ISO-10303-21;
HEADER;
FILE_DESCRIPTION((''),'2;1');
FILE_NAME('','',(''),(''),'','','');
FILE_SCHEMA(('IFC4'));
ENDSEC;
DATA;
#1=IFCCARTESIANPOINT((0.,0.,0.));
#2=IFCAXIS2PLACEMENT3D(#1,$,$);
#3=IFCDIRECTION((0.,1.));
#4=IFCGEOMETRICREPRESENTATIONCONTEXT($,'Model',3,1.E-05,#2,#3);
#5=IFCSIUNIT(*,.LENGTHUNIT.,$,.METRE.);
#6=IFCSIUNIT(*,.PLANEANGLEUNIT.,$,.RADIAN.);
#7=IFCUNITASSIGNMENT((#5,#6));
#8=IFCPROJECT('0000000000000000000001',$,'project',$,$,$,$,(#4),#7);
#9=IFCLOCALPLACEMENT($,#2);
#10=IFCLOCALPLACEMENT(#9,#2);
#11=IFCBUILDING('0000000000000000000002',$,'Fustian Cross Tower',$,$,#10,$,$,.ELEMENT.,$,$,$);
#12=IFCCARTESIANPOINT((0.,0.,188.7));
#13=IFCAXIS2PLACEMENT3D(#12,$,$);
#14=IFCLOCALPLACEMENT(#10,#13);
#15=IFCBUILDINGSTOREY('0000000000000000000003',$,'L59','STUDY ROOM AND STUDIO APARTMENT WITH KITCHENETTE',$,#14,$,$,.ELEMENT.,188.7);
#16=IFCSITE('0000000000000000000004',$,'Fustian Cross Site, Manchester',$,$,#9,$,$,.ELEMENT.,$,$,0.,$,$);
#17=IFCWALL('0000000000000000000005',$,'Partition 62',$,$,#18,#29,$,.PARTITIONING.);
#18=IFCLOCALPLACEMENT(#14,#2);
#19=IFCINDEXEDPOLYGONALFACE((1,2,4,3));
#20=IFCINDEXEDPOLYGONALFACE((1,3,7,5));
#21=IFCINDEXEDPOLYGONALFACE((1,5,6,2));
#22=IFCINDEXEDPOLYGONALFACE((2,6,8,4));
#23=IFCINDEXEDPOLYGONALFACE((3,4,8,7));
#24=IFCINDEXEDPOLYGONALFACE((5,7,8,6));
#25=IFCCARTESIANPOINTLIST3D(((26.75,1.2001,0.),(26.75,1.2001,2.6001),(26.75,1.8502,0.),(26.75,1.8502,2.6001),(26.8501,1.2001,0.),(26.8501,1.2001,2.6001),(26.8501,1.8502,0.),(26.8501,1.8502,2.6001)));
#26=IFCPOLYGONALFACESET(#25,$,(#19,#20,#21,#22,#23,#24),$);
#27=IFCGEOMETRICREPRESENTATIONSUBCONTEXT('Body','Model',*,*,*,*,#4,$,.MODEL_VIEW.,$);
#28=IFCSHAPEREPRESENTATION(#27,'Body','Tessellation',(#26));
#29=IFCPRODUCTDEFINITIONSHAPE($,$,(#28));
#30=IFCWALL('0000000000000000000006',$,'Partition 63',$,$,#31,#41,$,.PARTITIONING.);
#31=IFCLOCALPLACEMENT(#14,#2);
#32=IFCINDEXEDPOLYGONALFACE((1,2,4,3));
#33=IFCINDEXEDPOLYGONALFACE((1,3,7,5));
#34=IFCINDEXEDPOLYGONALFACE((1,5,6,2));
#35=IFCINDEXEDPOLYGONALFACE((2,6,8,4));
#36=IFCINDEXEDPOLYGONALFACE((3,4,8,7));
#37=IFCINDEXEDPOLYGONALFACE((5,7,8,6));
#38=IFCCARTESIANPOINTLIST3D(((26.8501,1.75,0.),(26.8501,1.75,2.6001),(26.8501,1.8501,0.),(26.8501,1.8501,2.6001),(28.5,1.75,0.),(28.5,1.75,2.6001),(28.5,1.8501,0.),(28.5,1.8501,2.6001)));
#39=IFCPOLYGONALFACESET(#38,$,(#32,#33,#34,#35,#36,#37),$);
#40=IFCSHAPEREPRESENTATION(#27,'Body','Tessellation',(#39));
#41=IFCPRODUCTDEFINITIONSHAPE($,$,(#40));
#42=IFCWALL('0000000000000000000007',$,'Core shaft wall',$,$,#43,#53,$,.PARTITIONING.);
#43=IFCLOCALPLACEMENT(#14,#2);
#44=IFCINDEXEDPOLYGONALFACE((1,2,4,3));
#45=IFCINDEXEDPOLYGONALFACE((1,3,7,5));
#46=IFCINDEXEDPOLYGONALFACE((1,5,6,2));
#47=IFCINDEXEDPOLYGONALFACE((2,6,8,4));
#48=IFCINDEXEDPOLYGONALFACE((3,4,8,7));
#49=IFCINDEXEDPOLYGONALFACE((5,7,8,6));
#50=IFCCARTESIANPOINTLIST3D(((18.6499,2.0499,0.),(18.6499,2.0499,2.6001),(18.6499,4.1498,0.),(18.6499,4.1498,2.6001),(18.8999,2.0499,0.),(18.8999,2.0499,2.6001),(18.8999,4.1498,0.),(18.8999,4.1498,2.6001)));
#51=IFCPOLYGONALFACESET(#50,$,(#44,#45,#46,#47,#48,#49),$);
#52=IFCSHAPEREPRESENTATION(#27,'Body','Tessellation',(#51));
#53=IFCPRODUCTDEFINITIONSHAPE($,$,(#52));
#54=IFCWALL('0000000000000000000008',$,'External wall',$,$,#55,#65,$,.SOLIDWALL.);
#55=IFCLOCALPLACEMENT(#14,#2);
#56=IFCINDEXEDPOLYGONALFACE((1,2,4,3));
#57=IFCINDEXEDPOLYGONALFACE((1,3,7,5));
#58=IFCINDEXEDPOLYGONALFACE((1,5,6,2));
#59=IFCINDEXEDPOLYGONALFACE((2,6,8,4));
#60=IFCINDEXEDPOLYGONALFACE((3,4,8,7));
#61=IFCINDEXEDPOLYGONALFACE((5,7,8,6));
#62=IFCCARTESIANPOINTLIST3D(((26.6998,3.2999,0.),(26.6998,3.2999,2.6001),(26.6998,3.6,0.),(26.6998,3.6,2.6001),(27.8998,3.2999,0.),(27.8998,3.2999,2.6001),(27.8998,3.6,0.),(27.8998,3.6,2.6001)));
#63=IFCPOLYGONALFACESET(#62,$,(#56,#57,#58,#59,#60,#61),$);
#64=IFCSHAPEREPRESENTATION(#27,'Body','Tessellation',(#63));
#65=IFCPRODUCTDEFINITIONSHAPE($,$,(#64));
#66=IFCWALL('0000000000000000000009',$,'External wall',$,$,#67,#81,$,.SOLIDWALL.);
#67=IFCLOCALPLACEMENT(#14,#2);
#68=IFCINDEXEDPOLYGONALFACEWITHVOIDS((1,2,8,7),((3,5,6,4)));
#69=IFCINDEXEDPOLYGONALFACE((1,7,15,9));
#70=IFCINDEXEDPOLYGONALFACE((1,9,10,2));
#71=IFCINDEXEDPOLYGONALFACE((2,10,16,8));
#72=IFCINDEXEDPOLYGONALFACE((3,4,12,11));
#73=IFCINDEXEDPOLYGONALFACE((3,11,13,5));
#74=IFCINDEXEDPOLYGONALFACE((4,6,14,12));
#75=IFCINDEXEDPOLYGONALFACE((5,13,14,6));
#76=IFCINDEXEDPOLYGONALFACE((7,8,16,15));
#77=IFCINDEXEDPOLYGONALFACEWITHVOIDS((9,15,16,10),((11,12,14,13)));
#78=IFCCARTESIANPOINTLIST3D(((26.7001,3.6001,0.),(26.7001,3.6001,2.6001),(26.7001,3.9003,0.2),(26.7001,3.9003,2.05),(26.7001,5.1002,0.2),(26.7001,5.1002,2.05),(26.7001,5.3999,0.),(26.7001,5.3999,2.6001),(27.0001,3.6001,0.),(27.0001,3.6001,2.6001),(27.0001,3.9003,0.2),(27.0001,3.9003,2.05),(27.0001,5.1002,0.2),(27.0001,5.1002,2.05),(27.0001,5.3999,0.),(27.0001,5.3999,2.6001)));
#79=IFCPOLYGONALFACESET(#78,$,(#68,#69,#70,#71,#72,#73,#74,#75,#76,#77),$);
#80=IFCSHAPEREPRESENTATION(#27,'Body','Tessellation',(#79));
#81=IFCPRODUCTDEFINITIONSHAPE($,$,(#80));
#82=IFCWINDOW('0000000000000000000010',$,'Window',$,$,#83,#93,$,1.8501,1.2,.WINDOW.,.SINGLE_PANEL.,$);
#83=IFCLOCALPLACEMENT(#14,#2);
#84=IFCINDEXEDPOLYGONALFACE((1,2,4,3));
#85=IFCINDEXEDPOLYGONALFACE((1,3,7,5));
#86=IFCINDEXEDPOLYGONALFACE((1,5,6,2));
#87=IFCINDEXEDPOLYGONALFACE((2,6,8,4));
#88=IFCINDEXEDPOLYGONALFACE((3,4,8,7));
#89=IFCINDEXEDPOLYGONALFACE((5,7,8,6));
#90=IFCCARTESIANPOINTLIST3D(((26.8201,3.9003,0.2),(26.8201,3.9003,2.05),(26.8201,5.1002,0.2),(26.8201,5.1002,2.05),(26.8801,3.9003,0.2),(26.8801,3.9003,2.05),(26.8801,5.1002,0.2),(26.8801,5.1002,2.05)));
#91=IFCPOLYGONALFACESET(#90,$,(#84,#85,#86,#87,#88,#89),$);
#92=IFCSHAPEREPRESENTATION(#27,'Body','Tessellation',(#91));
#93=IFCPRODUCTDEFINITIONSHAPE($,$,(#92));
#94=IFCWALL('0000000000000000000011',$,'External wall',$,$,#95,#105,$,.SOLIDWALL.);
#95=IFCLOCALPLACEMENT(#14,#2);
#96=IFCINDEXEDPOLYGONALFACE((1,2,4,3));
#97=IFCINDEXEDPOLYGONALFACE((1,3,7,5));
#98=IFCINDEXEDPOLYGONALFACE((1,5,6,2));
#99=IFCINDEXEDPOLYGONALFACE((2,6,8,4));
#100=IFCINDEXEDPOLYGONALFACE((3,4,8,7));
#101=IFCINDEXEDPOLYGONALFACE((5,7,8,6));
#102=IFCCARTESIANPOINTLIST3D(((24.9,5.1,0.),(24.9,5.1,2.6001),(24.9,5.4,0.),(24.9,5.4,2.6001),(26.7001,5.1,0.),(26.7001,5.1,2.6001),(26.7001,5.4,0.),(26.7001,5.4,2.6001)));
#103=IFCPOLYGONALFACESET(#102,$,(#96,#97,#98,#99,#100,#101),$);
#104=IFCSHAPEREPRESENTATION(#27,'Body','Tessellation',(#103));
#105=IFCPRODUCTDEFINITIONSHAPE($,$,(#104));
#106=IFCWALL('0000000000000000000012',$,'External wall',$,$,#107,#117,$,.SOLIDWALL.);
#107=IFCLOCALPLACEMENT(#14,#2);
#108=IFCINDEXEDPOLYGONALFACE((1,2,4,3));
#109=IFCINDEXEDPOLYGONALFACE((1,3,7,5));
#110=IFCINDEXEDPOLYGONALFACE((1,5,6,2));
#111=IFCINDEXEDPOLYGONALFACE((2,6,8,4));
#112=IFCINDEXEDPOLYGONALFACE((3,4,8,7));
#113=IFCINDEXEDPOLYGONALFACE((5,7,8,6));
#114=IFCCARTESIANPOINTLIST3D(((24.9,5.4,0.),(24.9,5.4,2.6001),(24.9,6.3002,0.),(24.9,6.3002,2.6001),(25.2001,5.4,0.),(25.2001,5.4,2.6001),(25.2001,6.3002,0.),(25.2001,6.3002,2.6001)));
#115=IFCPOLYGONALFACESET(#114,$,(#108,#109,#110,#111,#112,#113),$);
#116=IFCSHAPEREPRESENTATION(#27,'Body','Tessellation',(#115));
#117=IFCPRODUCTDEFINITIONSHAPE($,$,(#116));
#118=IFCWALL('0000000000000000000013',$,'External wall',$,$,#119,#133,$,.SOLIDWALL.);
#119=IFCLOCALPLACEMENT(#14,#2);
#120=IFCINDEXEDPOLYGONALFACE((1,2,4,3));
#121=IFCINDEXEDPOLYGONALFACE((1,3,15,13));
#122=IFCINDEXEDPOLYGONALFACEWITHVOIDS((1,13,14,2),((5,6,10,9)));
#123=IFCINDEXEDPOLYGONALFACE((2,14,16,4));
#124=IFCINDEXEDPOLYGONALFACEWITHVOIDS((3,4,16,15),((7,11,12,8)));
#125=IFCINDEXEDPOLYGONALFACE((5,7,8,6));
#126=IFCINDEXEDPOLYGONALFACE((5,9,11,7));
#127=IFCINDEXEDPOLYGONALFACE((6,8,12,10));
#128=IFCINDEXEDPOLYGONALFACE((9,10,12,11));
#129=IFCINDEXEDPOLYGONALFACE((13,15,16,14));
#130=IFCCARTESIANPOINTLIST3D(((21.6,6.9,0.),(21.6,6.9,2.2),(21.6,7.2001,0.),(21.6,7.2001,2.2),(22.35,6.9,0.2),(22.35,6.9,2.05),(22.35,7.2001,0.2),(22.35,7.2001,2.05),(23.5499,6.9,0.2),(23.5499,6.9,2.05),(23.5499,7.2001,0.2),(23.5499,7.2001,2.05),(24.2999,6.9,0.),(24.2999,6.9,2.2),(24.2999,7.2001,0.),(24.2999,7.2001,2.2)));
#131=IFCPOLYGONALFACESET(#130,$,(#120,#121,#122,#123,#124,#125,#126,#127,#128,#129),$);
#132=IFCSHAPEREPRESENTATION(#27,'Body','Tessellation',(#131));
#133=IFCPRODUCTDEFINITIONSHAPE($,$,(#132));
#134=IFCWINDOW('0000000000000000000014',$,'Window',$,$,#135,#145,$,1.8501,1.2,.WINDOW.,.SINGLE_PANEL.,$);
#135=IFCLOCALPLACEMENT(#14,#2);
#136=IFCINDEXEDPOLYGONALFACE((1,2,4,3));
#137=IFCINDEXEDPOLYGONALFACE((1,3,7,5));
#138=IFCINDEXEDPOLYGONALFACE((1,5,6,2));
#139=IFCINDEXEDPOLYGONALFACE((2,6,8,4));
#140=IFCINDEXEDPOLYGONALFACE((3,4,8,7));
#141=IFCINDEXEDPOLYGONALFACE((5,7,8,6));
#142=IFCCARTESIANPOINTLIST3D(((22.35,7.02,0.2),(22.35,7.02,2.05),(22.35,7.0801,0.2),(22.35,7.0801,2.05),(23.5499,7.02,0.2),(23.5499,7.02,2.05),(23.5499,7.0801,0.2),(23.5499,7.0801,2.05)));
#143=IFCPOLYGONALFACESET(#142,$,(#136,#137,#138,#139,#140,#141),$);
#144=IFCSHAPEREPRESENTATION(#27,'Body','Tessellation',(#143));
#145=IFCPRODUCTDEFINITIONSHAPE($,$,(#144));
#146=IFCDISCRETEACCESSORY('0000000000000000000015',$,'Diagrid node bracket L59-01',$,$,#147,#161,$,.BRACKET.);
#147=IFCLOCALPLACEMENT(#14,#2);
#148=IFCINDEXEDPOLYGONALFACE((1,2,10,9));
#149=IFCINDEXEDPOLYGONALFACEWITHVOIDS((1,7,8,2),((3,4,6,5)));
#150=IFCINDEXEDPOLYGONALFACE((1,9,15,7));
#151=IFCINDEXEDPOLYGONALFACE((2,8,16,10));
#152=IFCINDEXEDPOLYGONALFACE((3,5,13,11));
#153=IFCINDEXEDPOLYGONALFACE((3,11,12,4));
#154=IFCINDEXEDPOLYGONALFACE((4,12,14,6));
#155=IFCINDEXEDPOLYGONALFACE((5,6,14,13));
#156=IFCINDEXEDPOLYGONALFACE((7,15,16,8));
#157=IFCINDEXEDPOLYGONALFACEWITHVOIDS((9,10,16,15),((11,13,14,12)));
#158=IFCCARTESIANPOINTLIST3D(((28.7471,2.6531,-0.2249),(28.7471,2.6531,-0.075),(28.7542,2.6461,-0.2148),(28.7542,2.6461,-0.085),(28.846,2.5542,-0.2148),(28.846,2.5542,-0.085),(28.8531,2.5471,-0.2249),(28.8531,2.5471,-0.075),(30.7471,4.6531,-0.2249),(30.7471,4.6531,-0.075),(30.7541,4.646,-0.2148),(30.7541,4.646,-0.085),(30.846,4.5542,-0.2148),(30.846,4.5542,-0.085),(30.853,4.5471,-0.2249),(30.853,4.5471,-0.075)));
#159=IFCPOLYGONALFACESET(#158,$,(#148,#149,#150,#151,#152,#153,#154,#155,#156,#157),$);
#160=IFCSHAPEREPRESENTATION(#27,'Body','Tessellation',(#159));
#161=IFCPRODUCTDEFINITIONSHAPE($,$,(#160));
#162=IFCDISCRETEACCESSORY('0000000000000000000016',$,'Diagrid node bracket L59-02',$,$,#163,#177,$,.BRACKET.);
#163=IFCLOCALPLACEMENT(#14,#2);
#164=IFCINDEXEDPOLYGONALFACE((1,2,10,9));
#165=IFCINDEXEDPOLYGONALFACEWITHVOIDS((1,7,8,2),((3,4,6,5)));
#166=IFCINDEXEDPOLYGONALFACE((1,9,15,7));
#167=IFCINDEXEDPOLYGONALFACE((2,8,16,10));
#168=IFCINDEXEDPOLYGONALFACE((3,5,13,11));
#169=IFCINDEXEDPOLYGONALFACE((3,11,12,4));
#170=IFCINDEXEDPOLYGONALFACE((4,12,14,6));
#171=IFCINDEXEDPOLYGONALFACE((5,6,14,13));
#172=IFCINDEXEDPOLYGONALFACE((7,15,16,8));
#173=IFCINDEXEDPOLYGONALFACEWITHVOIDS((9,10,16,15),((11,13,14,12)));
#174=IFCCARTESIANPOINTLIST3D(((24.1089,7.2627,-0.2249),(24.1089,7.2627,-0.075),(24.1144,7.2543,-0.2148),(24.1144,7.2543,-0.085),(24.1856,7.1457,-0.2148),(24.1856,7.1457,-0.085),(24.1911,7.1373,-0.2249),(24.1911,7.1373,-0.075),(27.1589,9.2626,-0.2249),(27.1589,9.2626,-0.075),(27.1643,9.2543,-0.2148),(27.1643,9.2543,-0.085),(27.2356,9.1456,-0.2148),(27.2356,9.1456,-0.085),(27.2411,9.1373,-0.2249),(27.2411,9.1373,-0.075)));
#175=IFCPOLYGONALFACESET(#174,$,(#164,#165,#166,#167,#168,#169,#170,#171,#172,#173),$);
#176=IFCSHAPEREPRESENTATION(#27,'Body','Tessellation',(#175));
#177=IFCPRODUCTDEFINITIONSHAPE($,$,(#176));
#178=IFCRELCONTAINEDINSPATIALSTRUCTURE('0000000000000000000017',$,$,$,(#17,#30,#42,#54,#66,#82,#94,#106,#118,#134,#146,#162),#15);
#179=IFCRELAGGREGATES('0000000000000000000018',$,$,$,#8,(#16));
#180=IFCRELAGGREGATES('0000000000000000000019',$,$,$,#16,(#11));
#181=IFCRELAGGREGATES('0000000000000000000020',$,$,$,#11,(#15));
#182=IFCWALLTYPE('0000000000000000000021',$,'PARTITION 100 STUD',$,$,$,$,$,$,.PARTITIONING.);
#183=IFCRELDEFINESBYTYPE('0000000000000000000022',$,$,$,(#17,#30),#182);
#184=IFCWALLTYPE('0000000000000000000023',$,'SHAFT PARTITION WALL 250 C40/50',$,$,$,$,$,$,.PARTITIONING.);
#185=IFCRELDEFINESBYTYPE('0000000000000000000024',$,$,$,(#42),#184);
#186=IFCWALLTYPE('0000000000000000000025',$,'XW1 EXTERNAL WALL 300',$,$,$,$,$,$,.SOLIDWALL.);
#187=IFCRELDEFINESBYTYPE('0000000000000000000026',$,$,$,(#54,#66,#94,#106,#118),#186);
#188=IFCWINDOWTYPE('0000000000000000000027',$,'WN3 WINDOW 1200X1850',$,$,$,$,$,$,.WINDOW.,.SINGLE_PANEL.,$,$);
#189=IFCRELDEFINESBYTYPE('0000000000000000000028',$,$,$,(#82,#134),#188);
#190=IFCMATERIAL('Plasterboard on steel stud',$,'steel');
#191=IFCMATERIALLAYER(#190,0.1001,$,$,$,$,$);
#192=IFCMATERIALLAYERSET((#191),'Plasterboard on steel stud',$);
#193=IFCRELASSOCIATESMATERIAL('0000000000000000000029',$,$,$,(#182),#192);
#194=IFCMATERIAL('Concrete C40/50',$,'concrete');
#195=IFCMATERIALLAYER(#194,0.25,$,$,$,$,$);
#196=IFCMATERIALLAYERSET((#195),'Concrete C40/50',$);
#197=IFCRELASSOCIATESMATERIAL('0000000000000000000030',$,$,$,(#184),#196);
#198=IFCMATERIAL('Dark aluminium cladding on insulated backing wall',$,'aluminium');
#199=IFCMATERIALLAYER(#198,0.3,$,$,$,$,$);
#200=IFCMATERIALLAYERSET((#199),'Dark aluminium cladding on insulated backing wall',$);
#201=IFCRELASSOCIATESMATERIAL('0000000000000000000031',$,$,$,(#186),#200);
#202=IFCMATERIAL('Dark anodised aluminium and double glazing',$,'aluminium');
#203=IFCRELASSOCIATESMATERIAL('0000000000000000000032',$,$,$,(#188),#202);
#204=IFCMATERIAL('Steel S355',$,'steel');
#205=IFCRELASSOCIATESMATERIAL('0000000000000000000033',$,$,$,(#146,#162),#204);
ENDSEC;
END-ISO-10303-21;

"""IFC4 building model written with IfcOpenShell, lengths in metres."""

from ifc_helpers import new_model, si_unit, direction, frame, frame_2d, origin, origin_2d, place, context, subcontext, project, spatial, rectangle, hollow_rectangle, extrude, material, layer, layer_set, type_object, element, fill, save


model = new_model("IFC4")

# Units and contexts
model_context = context("Model", 3, precision=1e-05, world=origin(), true_north=direction((0.0, 1.0)))
body_context = subcontext(model_context, "Body", "Model", "MODEL_VIEW")
ifc_project = project(units=[si_unit("LENGTHUNIT", "METRE"), si_unit("PLANEANGLEUNIT", "RADIAN")], contexts=[model_context])

# Site, building, storey
site_placement = place(None, origin())
site = spatial("IfcSite", under=ifc_project, at=site_placement, Name="Fustian Cross Site, Manchester", CompositionType="ELEMENT", RefElevation=0.0)
building_placement = place(site_placement, origin())
building = spatial("IfcBuilding", under=site, at=building_placement, Name="Fustian Cross Tower", CompositionType="ELEMENT")
storey_placement = place(building_placement, frame((0.0, 0.0, 188.7)))
storey = spatial("IfcBuildingStorey", under=building, at=storey_placement, Name="L59", Description="STUDY ROOM AND STUDIO APARTMENT WITH KITCHENETTE", CompositionType="ELEMENT", Elevation=188.7)

# Shared definitions
ifc_material_1 = material(Name="Plasterboard on steel stud", Category="steel")
ifc_layer_1 = layer(ifc_material_1, 0.1001)
ifc_layer_set_1 = layer_set([ifc_layer_1], Name="Plasterboard on steel stud")
wall_type_1 = type_object("IfcWallType", Name="PARTITION 100 STUD", PredefinedType="PARTITIONING", material=ifc_layer_set_1)

# Walls
wall_1_placement = place(storey_placement, frame((26.8, 1.2, 0.0), z_axis=(0.0, 0.0, 1.0), x_axis=(0.0, 1.0, 0.0)))
element("IfcWall", 1, at=wall_1_placement, inside=storey, type_object=wall_type_1, Name="Partition 62", PredefinedType="PARTITIONING", context=body_context, shape_type="SweptSolid", body=[
    extrude(rectangle(XDim=0.6501, YDim=0.1001, at=frame_2d((0.3252, 0.0))), origin(), (0.0, 0.0, 1.0), 2.6001),
])
wall_2_placement = place(storey_placement, frame((26.8501, 1.8, 0.0), z_axis=(0.0, 0.0, 1.0), x_axis=(1.0, 0.0, 0.0)))
element("IfcWall", 2, at=wall_2_placement, inside=storey, type_object=wall_type_1, Name="Partition 63", PredefinedType="PARTITIONING", context=body_context, shape_type="SweptSolid", body=[
    extrude(rectangle(XDim=1.6499, YDim=0.1001, at=frame_2d((0.825, 0.0))), origin(), (0.0, 0.0, 1.0), 2.6001),
])
ifc_material_2 = material(Name="Concrete C40/50", Category="concrete")
ifc_layer_2 = layer(ifc_material_2, 0.25)
ifc_layer_set_2 = layer_set([ifc_layer_2], Name="Concrete C40/50")
wall_type_2 = type_object("IfcWallType", Name="SHAFT PARTITION WALL 250 C40/50", PredefinedType="PARTITIONING", material=ifc_layer_set_2)
wall_3_placement = place(storey_placement, frame((18.7749, 2.05, 0.0), z_axis=(0.0, 0.0, 1.0), x_axis=(0.0, 1.0, 0.0)))
element("IfcWall", 3, at=wall_3_placement, inside=storey, type_object=wall_type_2, Name="Core shaft wall", PredefinedType="PARTITIONING", context=body_context, shape_type="SweptSolid", body=[
    extrude(rectangle(XDim=2.0999, YDim=0.25, at=frame_2d((1.0498, 0.0))), origin(), (0.0, 0.0, 1.0), 2.6001),
])
ifc_material_3 = material(Name="Dark aluminium cladding on insulated backing wall", Category="aluminium")
ifc_layer_3 = layer(ifc_material_3, 0.3)
ifc_layer_set_3 = layer_set([ifc_layer_3], Name="Dark aluminium cladding on insulated backing wall")
wall_type_3 = type_object("IfcWallType", Name="XW1 EXTERNAL WALL 300", PredefinedType="SOLIDWALL", material=ifc_layer_set_3)
wall_4_placement = place(storey_placement, frame((27.8999, 3.45, 0.0), z_axis=(0.0, 0.0, 1.0), x_axis=(-1.0, 0.0, 0.0)))
element("IfcWall", 4, at=wall_4_placement, inside=storey, type_object=wall_type_3, Name="External wall", PredefinedType="SOLIDWALL", context=body_context, shape_type="SweptSolid", body=[
    extrude(rectangle(XDim=1.2, YDim=0.3, at=frame_2d((0.6001, 0.0))), origin(), (0.0, 0.0, 1.0), 2.6001),
])

# Wall, opening, window
wall_5_placement = place(storey_placement, frame((26.8501, 3.6001, 0.0), z_axis=(0.0, 0.0, 1.0), x_axis=(0.0, 1.0, 0.0)))
wall_5 = element("IfcWall", 5, at=wall_5_placement, inside=storey, type_object=wall_type_3, Name="External wall", PredefinedType="SOLIDWALL", context=body_context, shape_type="SweptSolid", body=[
    extrude(rectangle(XDim=1.7998, YDim=0.3, at=frame_2d((0.8999, 0.0))), origin(), (0.0, 0.0, 1.0), 2.6001),
])
opening_1_placement = place(wall_5_placement, frame((0.3, 0.0, 0.2)))
opening_1 = element("IfcOpeningElement", 6, at=opening_1_placement, cuts=wall_5, PredefinedType="OPENING", context=body_context, shape_type="SweptSolid", body=[
    extrude(rectangle(XDim=1.2, YDim=1.8501, at=frame_2d((0.6001, 0.925))), frame((0.0, 0.1599, 0.0), z_axis=(0.0, -1.0, 0.0), x_axis=(1.0, 0.0, 0.0)), (0.0, 0.0, 1.0), 0.3201),
])
ifc_material_4 = material(Name="Dark anodised aluminium and double glazing", Category="aluminium")
window_type = type_object("IfcWindowType", Name="WN3 WINDOW 1200X1850", PartitioningType="SINGLE_PANEL", PredefinedType="WINDOW", material=ifc_material_4)
window_1_placement = place(opening_1_placement, origin())
window_1 = element("IfcWindow", 7, at=window_1_placement, inside=storey, type_object=window_type, Name="Window", OverallHeight=1.8501, OverallWidth=1.2, PartitioningType="SINGLE_PANEL", PredefinedType="WINDOW", context=body_context, shape_type="SweptSolid", body=[
    extrude(rectangle(XDim=1.2, YDim=1.8501, at=frame_2d((0.6001, 0.925))), frame((0.0, 0.03, 0.0), z_axis=(0.0, -1.0, 0.0), x_axis=(1.0, 0.0, 0.0)), (0.0, 0.0, 1.0), 0.0601),
])
fill(opening_1, window_1)

# Walls
wall_6_placement = place(storey_placement, frame((26.7, 5.25, 0.0), z_axis=(0.0, 0.0, 1.0), x_axis=(-1.0, 0.0, 0.0)))
element("IfcWall", 8, at=wall_6_placement, inside=storey, type_object=wall_type_3, Name="External wall", PredefinedType="SOLIDWALL", context=body_context, shape_type="SweptSolid", body=[
    extrude(rectangle(XDim=1.8, YDim=0.3, at=frame_2d((0.8999, 0.0))), origin(), (0.0, 0.0, 1.0), 2.6001),
])
wall_7_placement = place(storey_placement, frame((25.05, 5.3999, 0.0), z_axis=(0.0, 0.0, 1.0), x_axis=(0.0, 1.0, 0.0)))
element("IfcWall", 9, at=wall_7_placement, inside=storey, type_object=wall_type_3, Name="External wall", PredefinedType="SOLIDWALL", context=body_context, shape_type="SweptSolid", body=[
    extrude(rectangle(XDim=0.9001, YDim=0.3, at=frame_2d((0.4502, 0.0))), origin(), (0.0, 0.0, 1.0), 2.6001),
])

# Wall, opening, window
wall_8_placement = place(storey_placement, frame((24.3, 7.05, 0.0), z_axis=(0.0, 0.0, 1.0), x_axis=(-1.0, 0.0, 0.0)))
wall_8 = element("IfcWall", 10, at=wall_8_placement, inside=storey, type_object=wall_type_3, Name="External wall", PredefinedType="SOLIDWALL", context=body_context, shape_type="SweptSolid", body=[
    extrude(rectangle(XDim=2.7, YDim=0.3, at=frame_2d((1.3501, 0.0))), origin(), (0.0, 0.0, 1.0), 2.2),
])
opening_2_placement = place(wall_8_placement, frame((0.75, 0.0, 0.2)))
opening_2 = element("IfcOpeningElement", 11, at=opening_2_placement, cuts=wall_8, PredefinedType="OPENING", context=body_context, shape_type="SweptSolid", body=[
    extrude(rectangle(XDim=1.2, YDim=1.8501, at=frame_2d((0.6001, 0.925))), frame((0.0, 0.1599, 0.0), z_axis=(0.0, -1.0, 0.0), x_axis=(1.0, 0.0, 0.0)), (0.0, 0.0, 1.0), 0.3201),
])
window_2_placement = place(opening_2_placement, origin())
window_2 = element("IfcWindow", 12, at=window_2_placement, inside=storey, type_object=window_type, Name="Window", OverallHeight=1.8501, OverallWidth=1.2, PartitioningType="SINGLE_PANEL", PredefinedType="WINDOW", context=body_context, shape_type="SweptSolid", body=[
    extrude(rectangle(XDim=1.2, YDim=1.8501, at=frame_2d((0.6001, 0.925))), frame((0.0, 0.03, 0.0), z_axis=(0.0, -1.0, 0.0), x_axis=(1.0, 0.0, 0.0)), (0.0, 0.0, 1.0), 0.0601),
])
fill(opening_2, window_2)

# Discrete accessories
ifc_material_5 = material(Name="Steel S355", Category="steel")
discrete_accessory_1_placement = place(storey_placement, frame((30.8, 4.6001, -0.1499), z_axis=(-0.707107, -0.707107, 0.0), x_axis=(0.707107, -0.707107, 0.0)))
element("IfcDiscreteAccessory", 13, at=discrete_accessory_1_placement, inside=storey, material=ifc_material_5, Name="Diagrid node bracket L59-01", PredefinedType="BRACKET", context=body_context, shape_type="SweptSolid", body=[
    extrude(hollow_rectangle(XDim=0.1499, YDim=0.1499, WallThickness=0.01, at=origin_2d()), origin(), (0.0, 0.0, 1.0), 2.8284),
])
discrete_accessory_2_placement = place(storey_placement, frame((27.2, 9.2, -0.1499), z_axis=(-0.836248, -0.548351, 0.0), x_axis=(0.548351, -0.836248, 0.0)))
element("IfcDiscreteAccessory", 14, at=discrete_accessory_2_placement, inside=storey, material=ifc_material_5, Name="Diagrid node bracket L59-02", PredefinedType="BRACKET", context=body_context, shape_type="SweptSolid", body=[
    extrude(hollow_rectangle(XDim=0.1499, YDim=0.1499, WallThickness=0.01, at=origin_2d()), origin(), (0.0, 0.0, 1.0), 3.6472),
])

save(model, "model.ifc")
